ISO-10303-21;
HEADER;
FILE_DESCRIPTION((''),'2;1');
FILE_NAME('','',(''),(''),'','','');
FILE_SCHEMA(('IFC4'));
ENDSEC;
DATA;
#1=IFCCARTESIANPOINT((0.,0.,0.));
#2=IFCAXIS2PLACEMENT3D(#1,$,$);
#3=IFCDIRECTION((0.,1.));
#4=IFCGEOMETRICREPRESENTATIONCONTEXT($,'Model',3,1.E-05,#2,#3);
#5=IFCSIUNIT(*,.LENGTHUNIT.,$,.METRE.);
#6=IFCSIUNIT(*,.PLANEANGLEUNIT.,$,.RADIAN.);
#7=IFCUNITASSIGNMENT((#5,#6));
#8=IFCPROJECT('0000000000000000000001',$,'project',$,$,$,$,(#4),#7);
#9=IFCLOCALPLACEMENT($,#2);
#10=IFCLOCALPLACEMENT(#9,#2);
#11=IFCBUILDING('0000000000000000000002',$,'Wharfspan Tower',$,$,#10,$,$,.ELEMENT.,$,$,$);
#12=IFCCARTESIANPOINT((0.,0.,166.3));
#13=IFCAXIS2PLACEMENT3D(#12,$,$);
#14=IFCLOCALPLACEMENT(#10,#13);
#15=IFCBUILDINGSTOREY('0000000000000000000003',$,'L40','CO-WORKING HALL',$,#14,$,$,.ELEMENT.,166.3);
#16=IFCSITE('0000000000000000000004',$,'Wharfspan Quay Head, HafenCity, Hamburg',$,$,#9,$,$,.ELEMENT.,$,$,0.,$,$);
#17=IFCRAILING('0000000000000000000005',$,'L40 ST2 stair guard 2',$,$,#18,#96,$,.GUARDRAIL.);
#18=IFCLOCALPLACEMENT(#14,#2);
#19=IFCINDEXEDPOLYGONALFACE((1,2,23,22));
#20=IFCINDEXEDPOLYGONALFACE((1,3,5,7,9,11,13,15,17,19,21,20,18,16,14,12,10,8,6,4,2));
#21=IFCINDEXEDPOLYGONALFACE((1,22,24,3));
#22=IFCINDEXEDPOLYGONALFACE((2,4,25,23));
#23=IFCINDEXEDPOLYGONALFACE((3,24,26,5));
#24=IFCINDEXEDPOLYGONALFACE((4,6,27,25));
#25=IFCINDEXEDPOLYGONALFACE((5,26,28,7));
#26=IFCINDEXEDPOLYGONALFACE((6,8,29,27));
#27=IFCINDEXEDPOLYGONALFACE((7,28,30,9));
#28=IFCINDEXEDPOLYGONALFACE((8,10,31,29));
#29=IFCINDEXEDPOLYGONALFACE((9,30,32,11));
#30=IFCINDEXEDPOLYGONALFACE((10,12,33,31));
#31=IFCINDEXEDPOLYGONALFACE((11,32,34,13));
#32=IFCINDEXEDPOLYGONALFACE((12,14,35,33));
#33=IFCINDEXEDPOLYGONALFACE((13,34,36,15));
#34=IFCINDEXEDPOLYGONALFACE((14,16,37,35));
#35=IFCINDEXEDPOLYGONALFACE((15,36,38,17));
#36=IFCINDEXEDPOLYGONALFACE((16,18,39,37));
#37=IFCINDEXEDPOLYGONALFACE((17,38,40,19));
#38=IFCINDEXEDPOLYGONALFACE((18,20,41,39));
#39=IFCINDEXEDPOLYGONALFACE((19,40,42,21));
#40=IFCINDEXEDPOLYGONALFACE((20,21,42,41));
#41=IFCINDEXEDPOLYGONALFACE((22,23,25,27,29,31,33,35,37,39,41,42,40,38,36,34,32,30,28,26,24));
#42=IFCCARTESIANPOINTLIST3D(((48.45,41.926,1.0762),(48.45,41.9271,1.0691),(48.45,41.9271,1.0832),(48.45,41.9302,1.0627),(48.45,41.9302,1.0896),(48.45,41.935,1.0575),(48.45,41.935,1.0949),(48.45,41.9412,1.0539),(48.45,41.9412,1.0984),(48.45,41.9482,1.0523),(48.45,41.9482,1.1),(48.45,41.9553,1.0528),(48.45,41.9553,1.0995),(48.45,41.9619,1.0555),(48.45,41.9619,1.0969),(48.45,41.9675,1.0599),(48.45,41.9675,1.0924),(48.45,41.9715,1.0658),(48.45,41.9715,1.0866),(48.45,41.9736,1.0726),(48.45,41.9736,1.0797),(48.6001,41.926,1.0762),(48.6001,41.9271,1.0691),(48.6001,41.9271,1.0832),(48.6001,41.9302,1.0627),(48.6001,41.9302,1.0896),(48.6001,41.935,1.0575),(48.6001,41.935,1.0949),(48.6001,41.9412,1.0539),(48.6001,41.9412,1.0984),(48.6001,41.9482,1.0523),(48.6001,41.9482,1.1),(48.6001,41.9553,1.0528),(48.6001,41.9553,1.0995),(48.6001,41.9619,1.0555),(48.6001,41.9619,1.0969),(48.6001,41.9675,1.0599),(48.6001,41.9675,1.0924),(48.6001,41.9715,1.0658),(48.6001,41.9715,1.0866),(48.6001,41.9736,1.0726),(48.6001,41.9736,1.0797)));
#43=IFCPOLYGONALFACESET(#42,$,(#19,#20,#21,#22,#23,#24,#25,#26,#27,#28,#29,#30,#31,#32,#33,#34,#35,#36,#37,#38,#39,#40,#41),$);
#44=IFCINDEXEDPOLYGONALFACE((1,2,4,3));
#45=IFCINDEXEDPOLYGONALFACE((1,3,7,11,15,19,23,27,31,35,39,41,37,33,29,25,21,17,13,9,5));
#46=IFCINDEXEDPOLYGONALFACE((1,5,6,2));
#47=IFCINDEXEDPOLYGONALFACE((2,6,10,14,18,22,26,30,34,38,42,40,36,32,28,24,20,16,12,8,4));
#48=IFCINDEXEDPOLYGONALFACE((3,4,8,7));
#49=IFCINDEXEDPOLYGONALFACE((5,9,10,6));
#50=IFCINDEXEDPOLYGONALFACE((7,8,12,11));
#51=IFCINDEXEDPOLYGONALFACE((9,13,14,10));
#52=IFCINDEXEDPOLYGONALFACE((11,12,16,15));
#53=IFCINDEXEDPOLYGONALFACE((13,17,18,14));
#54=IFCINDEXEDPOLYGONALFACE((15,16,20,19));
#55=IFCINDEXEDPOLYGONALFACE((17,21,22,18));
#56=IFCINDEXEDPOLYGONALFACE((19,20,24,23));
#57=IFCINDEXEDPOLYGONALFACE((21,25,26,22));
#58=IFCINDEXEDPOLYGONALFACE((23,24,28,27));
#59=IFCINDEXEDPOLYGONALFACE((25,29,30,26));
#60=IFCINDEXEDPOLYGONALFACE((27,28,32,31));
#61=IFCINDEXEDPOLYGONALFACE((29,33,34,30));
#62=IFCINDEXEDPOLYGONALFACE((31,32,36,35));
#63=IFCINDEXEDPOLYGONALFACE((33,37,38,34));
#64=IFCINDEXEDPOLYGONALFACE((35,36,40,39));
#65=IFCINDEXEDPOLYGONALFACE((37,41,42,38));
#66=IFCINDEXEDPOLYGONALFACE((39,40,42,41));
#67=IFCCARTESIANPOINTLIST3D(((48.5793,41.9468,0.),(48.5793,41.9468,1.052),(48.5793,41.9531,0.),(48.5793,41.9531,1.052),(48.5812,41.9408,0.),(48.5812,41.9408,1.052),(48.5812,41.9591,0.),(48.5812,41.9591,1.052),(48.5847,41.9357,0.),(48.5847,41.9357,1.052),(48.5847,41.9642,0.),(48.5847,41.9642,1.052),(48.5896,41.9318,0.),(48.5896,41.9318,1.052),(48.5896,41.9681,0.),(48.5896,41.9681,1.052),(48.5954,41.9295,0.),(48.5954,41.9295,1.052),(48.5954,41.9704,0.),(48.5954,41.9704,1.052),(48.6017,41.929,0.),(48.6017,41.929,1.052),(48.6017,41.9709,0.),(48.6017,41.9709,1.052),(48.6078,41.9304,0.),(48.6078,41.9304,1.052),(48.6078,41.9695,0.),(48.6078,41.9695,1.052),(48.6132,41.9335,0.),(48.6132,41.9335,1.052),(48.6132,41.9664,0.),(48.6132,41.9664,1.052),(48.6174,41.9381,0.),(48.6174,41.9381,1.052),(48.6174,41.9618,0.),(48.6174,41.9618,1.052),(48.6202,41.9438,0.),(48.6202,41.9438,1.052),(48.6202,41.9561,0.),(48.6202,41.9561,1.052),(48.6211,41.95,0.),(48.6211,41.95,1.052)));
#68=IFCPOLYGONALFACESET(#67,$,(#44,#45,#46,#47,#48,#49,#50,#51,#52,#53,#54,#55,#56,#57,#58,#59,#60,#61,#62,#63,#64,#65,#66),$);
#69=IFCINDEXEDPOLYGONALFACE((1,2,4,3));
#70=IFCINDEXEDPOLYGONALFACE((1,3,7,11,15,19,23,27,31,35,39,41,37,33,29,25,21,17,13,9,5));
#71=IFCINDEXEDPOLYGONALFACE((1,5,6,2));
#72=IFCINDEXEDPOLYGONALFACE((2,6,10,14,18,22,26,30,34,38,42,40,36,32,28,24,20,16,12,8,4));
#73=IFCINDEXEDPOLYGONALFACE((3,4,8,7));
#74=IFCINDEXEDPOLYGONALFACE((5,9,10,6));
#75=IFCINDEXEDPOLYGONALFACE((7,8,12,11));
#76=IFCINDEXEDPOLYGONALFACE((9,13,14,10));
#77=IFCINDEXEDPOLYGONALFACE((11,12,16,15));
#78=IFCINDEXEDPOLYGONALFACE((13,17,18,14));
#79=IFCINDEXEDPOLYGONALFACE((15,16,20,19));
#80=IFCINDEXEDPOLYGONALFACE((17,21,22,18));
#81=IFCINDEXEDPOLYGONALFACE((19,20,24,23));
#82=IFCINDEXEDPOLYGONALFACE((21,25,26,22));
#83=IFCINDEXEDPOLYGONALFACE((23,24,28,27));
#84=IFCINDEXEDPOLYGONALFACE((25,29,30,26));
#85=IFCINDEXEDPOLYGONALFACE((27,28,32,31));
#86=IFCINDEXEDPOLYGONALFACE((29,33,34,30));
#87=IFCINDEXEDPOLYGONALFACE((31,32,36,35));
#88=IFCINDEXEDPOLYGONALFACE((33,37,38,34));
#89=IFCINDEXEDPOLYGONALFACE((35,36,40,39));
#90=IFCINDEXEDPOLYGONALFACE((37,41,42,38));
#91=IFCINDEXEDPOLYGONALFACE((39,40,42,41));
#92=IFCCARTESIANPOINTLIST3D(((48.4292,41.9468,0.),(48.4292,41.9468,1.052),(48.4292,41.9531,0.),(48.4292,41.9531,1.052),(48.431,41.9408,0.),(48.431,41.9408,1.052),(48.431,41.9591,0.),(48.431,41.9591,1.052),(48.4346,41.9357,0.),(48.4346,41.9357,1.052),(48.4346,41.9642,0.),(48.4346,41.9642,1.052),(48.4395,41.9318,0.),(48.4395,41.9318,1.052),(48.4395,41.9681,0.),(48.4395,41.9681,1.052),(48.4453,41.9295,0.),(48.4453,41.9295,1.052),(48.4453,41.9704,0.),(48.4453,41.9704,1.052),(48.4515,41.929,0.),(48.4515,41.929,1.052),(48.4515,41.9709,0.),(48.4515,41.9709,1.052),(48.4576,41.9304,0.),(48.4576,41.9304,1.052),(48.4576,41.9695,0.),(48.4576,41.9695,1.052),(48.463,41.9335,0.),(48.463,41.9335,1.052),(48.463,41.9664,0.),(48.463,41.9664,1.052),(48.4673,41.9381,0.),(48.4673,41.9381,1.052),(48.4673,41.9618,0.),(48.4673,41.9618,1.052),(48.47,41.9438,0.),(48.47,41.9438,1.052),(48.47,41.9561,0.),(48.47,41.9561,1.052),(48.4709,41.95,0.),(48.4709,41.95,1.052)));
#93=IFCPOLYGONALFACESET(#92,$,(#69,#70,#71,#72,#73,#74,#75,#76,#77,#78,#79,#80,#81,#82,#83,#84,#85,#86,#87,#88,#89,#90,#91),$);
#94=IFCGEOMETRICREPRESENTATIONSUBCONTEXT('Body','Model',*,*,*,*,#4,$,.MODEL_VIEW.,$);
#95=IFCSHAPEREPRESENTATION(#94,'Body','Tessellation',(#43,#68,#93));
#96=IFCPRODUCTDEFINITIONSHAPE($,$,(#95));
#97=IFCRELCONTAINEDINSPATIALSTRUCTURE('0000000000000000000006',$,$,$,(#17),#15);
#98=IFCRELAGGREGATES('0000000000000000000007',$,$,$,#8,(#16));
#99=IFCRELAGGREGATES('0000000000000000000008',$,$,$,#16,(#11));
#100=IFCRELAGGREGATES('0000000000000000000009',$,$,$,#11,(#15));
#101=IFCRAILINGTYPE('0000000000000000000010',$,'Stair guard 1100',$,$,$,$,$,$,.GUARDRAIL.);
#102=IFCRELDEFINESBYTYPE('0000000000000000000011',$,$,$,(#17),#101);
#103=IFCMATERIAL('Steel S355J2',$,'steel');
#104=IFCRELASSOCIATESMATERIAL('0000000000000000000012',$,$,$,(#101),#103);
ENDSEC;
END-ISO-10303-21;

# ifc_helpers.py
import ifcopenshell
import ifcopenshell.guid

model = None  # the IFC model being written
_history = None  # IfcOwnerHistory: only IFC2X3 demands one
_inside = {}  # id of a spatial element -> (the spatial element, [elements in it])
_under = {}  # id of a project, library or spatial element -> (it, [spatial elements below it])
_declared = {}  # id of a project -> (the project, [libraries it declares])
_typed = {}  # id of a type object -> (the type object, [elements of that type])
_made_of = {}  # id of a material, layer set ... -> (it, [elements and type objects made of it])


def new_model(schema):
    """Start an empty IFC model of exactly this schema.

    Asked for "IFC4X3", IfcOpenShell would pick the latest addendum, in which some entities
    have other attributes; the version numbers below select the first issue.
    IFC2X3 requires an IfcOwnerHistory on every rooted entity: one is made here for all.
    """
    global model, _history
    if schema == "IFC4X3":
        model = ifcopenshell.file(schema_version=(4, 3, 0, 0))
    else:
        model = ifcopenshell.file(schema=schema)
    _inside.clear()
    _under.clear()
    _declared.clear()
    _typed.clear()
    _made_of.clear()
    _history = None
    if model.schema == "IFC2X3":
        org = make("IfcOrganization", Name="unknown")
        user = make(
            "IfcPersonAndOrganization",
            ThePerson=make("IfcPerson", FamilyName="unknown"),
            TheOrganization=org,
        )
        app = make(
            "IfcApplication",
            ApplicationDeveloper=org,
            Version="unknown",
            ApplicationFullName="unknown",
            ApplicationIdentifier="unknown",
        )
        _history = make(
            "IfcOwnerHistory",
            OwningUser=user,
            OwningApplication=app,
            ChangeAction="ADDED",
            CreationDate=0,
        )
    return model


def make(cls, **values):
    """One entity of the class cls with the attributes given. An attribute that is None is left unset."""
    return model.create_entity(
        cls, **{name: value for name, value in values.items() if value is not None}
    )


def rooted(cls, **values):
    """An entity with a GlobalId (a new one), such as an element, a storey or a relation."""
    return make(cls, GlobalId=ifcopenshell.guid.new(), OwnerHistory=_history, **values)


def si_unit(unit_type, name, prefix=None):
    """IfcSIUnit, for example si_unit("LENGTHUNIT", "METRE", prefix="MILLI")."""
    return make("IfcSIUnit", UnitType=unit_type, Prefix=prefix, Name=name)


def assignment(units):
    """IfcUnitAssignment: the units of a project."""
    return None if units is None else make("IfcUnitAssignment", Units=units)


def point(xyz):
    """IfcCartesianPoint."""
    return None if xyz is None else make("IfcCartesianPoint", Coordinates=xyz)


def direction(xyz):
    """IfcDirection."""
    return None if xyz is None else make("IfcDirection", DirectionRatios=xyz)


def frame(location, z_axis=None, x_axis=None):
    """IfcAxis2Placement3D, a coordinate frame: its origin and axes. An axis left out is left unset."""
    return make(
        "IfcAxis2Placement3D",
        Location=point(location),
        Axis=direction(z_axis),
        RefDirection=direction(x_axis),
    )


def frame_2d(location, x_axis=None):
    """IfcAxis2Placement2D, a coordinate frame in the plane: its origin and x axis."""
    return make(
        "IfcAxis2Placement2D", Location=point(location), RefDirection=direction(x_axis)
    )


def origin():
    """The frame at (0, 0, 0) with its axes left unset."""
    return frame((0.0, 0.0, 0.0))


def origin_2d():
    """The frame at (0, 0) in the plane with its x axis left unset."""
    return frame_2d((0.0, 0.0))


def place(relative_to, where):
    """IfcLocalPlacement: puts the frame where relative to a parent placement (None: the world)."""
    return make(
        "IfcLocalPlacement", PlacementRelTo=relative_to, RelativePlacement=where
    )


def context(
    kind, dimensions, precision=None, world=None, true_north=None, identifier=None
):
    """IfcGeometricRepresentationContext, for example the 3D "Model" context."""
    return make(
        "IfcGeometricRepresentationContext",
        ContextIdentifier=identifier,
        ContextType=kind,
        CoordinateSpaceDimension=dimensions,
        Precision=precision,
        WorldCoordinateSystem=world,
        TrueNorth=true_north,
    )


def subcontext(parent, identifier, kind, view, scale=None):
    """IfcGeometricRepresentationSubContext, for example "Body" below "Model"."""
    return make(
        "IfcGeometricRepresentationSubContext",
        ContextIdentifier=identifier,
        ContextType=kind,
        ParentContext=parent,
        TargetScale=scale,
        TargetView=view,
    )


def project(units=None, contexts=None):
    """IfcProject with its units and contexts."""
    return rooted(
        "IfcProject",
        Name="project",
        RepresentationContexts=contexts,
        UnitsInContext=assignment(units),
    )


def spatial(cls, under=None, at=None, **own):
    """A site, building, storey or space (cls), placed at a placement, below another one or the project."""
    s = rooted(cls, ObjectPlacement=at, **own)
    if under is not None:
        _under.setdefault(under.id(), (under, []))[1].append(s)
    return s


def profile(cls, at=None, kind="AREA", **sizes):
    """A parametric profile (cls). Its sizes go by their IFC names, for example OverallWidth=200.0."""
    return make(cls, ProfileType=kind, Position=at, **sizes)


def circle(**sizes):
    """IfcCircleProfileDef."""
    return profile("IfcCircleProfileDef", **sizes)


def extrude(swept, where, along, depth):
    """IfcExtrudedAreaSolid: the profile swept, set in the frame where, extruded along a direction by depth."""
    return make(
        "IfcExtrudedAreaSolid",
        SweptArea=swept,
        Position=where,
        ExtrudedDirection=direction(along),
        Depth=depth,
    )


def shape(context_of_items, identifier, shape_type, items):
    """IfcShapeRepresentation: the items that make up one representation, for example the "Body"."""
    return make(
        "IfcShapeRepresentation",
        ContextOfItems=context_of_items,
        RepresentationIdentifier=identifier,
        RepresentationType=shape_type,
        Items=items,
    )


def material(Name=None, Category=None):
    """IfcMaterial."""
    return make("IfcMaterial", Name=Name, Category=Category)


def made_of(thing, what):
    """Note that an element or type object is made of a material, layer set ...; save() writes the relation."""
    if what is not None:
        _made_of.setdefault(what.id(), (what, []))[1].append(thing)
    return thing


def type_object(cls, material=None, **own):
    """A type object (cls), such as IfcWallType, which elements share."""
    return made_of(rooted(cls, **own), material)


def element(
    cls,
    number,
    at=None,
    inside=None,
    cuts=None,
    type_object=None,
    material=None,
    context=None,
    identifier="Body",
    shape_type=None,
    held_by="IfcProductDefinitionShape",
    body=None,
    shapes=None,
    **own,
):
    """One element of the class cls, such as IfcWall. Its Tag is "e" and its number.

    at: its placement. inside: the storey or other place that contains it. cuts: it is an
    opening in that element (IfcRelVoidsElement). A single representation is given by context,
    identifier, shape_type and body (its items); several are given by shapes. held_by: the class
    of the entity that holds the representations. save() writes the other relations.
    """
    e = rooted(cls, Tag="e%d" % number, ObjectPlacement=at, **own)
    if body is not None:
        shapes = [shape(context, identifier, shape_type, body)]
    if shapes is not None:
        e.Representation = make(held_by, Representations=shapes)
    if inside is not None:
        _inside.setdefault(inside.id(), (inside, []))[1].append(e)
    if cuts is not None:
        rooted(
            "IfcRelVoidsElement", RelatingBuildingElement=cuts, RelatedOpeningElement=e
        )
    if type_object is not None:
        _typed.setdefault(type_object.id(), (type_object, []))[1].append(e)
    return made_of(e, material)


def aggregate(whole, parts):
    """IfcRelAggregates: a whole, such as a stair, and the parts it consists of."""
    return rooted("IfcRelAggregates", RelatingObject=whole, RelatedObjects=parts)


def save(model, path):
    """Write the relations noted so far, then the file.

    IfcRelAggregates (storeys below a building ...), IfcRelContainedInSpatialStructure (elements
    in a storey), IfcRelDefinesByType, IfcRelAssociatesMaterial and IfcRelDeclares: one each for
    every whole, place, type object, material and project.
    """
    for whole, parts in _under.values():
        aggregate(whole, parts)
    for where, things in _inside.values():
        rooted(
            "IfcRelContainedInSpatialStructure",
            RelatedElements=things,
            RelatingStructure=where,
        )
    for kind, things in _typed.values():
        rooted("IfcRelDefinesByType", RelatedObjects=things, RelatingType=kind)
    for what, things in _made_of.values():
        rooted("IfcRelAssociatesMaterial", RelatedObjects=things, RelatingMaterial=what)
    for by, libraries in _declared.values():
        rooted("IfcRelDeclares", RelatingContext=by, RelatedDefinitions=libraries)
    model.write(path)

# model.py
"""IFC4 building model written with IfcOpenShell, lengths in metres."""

from ifc_helpers import new_model, si_unit, direction, frame, origin, origin_2d, place, context, subcontext, project, spatial, circle, extrude, material, type_object, element, save


model = new_model("IFC4")

# Units and contexts
model_context = context("Model", 3, precision=1e-05, world=origin(), true_north=direction((0.0, 1.0)))
body_context = subcontext(model_context, "Body", "Model", "MODEL_VIEW")
ifc_project = project(units=[si_unit("LENGTHUNIT", "METRE"), si_unit("PLANEANGLEUNIT", "RADIAN")], contexts=[model_context])

# Site, building, storey
site_placement = place(None, origin())
site = spatial("IfcSite", under=ifc_project, at=site_placement, Name="Wharfspan Quay Head, HafenCity, Hamburg", CompositionType="ELEMENT", RefElevation=0.0)
building_placement = place(site_placement, origin())
building = spatial("IfcBuilding", under=site, at=building_placement, Name="Wharfspan Tower", CompositionType="ELEMENT")
storey_placement = place(building_placement, frame((0.0, 0.0, 166.3)))
storey = spatial("IfcBuildingStorey", under=building, at=storey_placement, Name="L40", Description="CO-WORKING HALL", CompositionType="ELEMENT", Elevation=166.3)

# Shared definitions
ifc_material_1 = material(Name="Steel S355J2", Category="steel")

# Railing
railing_type_1 = type_object("IfcRailingType", Name="Stair guard 1100", PredefinedType="GUARDRAIL", material=ifc_material_1)
railing_1_placement = place(storey_placement, frame((48.6001, 41.95, 0.0)))
element("IfcRailing", 1, at=railing_1_placement, inside=storey, type_object=railing_type_1, Name="L40 ST2 stair guard 2", PredefinedType="GUARDRAIL", context=body_context, shape_type="SweptSolid", body=[
    extrude(circle(Radius=0.0239, at=origin_2d()), frame((0.0, 0.0, 1.0762), z_axis=(-1.0, 0.0, 0.0), x_axis=(0.0, -1.0, 0.0)), (0.0, 0.0, 1.0), 0.1501),
    extrude(circle(Radius=0.021, at=origin_2d()), origin(), (0.0, 0.0, 1.0), 1.052),
    extrude(circle(Radius=0.021, at=origin_2d()), frame((-0.1501, 0.0, 0.0)), (0.0, 0.0, 1.0), 1.052),
])

save(model, "model.ifc")
